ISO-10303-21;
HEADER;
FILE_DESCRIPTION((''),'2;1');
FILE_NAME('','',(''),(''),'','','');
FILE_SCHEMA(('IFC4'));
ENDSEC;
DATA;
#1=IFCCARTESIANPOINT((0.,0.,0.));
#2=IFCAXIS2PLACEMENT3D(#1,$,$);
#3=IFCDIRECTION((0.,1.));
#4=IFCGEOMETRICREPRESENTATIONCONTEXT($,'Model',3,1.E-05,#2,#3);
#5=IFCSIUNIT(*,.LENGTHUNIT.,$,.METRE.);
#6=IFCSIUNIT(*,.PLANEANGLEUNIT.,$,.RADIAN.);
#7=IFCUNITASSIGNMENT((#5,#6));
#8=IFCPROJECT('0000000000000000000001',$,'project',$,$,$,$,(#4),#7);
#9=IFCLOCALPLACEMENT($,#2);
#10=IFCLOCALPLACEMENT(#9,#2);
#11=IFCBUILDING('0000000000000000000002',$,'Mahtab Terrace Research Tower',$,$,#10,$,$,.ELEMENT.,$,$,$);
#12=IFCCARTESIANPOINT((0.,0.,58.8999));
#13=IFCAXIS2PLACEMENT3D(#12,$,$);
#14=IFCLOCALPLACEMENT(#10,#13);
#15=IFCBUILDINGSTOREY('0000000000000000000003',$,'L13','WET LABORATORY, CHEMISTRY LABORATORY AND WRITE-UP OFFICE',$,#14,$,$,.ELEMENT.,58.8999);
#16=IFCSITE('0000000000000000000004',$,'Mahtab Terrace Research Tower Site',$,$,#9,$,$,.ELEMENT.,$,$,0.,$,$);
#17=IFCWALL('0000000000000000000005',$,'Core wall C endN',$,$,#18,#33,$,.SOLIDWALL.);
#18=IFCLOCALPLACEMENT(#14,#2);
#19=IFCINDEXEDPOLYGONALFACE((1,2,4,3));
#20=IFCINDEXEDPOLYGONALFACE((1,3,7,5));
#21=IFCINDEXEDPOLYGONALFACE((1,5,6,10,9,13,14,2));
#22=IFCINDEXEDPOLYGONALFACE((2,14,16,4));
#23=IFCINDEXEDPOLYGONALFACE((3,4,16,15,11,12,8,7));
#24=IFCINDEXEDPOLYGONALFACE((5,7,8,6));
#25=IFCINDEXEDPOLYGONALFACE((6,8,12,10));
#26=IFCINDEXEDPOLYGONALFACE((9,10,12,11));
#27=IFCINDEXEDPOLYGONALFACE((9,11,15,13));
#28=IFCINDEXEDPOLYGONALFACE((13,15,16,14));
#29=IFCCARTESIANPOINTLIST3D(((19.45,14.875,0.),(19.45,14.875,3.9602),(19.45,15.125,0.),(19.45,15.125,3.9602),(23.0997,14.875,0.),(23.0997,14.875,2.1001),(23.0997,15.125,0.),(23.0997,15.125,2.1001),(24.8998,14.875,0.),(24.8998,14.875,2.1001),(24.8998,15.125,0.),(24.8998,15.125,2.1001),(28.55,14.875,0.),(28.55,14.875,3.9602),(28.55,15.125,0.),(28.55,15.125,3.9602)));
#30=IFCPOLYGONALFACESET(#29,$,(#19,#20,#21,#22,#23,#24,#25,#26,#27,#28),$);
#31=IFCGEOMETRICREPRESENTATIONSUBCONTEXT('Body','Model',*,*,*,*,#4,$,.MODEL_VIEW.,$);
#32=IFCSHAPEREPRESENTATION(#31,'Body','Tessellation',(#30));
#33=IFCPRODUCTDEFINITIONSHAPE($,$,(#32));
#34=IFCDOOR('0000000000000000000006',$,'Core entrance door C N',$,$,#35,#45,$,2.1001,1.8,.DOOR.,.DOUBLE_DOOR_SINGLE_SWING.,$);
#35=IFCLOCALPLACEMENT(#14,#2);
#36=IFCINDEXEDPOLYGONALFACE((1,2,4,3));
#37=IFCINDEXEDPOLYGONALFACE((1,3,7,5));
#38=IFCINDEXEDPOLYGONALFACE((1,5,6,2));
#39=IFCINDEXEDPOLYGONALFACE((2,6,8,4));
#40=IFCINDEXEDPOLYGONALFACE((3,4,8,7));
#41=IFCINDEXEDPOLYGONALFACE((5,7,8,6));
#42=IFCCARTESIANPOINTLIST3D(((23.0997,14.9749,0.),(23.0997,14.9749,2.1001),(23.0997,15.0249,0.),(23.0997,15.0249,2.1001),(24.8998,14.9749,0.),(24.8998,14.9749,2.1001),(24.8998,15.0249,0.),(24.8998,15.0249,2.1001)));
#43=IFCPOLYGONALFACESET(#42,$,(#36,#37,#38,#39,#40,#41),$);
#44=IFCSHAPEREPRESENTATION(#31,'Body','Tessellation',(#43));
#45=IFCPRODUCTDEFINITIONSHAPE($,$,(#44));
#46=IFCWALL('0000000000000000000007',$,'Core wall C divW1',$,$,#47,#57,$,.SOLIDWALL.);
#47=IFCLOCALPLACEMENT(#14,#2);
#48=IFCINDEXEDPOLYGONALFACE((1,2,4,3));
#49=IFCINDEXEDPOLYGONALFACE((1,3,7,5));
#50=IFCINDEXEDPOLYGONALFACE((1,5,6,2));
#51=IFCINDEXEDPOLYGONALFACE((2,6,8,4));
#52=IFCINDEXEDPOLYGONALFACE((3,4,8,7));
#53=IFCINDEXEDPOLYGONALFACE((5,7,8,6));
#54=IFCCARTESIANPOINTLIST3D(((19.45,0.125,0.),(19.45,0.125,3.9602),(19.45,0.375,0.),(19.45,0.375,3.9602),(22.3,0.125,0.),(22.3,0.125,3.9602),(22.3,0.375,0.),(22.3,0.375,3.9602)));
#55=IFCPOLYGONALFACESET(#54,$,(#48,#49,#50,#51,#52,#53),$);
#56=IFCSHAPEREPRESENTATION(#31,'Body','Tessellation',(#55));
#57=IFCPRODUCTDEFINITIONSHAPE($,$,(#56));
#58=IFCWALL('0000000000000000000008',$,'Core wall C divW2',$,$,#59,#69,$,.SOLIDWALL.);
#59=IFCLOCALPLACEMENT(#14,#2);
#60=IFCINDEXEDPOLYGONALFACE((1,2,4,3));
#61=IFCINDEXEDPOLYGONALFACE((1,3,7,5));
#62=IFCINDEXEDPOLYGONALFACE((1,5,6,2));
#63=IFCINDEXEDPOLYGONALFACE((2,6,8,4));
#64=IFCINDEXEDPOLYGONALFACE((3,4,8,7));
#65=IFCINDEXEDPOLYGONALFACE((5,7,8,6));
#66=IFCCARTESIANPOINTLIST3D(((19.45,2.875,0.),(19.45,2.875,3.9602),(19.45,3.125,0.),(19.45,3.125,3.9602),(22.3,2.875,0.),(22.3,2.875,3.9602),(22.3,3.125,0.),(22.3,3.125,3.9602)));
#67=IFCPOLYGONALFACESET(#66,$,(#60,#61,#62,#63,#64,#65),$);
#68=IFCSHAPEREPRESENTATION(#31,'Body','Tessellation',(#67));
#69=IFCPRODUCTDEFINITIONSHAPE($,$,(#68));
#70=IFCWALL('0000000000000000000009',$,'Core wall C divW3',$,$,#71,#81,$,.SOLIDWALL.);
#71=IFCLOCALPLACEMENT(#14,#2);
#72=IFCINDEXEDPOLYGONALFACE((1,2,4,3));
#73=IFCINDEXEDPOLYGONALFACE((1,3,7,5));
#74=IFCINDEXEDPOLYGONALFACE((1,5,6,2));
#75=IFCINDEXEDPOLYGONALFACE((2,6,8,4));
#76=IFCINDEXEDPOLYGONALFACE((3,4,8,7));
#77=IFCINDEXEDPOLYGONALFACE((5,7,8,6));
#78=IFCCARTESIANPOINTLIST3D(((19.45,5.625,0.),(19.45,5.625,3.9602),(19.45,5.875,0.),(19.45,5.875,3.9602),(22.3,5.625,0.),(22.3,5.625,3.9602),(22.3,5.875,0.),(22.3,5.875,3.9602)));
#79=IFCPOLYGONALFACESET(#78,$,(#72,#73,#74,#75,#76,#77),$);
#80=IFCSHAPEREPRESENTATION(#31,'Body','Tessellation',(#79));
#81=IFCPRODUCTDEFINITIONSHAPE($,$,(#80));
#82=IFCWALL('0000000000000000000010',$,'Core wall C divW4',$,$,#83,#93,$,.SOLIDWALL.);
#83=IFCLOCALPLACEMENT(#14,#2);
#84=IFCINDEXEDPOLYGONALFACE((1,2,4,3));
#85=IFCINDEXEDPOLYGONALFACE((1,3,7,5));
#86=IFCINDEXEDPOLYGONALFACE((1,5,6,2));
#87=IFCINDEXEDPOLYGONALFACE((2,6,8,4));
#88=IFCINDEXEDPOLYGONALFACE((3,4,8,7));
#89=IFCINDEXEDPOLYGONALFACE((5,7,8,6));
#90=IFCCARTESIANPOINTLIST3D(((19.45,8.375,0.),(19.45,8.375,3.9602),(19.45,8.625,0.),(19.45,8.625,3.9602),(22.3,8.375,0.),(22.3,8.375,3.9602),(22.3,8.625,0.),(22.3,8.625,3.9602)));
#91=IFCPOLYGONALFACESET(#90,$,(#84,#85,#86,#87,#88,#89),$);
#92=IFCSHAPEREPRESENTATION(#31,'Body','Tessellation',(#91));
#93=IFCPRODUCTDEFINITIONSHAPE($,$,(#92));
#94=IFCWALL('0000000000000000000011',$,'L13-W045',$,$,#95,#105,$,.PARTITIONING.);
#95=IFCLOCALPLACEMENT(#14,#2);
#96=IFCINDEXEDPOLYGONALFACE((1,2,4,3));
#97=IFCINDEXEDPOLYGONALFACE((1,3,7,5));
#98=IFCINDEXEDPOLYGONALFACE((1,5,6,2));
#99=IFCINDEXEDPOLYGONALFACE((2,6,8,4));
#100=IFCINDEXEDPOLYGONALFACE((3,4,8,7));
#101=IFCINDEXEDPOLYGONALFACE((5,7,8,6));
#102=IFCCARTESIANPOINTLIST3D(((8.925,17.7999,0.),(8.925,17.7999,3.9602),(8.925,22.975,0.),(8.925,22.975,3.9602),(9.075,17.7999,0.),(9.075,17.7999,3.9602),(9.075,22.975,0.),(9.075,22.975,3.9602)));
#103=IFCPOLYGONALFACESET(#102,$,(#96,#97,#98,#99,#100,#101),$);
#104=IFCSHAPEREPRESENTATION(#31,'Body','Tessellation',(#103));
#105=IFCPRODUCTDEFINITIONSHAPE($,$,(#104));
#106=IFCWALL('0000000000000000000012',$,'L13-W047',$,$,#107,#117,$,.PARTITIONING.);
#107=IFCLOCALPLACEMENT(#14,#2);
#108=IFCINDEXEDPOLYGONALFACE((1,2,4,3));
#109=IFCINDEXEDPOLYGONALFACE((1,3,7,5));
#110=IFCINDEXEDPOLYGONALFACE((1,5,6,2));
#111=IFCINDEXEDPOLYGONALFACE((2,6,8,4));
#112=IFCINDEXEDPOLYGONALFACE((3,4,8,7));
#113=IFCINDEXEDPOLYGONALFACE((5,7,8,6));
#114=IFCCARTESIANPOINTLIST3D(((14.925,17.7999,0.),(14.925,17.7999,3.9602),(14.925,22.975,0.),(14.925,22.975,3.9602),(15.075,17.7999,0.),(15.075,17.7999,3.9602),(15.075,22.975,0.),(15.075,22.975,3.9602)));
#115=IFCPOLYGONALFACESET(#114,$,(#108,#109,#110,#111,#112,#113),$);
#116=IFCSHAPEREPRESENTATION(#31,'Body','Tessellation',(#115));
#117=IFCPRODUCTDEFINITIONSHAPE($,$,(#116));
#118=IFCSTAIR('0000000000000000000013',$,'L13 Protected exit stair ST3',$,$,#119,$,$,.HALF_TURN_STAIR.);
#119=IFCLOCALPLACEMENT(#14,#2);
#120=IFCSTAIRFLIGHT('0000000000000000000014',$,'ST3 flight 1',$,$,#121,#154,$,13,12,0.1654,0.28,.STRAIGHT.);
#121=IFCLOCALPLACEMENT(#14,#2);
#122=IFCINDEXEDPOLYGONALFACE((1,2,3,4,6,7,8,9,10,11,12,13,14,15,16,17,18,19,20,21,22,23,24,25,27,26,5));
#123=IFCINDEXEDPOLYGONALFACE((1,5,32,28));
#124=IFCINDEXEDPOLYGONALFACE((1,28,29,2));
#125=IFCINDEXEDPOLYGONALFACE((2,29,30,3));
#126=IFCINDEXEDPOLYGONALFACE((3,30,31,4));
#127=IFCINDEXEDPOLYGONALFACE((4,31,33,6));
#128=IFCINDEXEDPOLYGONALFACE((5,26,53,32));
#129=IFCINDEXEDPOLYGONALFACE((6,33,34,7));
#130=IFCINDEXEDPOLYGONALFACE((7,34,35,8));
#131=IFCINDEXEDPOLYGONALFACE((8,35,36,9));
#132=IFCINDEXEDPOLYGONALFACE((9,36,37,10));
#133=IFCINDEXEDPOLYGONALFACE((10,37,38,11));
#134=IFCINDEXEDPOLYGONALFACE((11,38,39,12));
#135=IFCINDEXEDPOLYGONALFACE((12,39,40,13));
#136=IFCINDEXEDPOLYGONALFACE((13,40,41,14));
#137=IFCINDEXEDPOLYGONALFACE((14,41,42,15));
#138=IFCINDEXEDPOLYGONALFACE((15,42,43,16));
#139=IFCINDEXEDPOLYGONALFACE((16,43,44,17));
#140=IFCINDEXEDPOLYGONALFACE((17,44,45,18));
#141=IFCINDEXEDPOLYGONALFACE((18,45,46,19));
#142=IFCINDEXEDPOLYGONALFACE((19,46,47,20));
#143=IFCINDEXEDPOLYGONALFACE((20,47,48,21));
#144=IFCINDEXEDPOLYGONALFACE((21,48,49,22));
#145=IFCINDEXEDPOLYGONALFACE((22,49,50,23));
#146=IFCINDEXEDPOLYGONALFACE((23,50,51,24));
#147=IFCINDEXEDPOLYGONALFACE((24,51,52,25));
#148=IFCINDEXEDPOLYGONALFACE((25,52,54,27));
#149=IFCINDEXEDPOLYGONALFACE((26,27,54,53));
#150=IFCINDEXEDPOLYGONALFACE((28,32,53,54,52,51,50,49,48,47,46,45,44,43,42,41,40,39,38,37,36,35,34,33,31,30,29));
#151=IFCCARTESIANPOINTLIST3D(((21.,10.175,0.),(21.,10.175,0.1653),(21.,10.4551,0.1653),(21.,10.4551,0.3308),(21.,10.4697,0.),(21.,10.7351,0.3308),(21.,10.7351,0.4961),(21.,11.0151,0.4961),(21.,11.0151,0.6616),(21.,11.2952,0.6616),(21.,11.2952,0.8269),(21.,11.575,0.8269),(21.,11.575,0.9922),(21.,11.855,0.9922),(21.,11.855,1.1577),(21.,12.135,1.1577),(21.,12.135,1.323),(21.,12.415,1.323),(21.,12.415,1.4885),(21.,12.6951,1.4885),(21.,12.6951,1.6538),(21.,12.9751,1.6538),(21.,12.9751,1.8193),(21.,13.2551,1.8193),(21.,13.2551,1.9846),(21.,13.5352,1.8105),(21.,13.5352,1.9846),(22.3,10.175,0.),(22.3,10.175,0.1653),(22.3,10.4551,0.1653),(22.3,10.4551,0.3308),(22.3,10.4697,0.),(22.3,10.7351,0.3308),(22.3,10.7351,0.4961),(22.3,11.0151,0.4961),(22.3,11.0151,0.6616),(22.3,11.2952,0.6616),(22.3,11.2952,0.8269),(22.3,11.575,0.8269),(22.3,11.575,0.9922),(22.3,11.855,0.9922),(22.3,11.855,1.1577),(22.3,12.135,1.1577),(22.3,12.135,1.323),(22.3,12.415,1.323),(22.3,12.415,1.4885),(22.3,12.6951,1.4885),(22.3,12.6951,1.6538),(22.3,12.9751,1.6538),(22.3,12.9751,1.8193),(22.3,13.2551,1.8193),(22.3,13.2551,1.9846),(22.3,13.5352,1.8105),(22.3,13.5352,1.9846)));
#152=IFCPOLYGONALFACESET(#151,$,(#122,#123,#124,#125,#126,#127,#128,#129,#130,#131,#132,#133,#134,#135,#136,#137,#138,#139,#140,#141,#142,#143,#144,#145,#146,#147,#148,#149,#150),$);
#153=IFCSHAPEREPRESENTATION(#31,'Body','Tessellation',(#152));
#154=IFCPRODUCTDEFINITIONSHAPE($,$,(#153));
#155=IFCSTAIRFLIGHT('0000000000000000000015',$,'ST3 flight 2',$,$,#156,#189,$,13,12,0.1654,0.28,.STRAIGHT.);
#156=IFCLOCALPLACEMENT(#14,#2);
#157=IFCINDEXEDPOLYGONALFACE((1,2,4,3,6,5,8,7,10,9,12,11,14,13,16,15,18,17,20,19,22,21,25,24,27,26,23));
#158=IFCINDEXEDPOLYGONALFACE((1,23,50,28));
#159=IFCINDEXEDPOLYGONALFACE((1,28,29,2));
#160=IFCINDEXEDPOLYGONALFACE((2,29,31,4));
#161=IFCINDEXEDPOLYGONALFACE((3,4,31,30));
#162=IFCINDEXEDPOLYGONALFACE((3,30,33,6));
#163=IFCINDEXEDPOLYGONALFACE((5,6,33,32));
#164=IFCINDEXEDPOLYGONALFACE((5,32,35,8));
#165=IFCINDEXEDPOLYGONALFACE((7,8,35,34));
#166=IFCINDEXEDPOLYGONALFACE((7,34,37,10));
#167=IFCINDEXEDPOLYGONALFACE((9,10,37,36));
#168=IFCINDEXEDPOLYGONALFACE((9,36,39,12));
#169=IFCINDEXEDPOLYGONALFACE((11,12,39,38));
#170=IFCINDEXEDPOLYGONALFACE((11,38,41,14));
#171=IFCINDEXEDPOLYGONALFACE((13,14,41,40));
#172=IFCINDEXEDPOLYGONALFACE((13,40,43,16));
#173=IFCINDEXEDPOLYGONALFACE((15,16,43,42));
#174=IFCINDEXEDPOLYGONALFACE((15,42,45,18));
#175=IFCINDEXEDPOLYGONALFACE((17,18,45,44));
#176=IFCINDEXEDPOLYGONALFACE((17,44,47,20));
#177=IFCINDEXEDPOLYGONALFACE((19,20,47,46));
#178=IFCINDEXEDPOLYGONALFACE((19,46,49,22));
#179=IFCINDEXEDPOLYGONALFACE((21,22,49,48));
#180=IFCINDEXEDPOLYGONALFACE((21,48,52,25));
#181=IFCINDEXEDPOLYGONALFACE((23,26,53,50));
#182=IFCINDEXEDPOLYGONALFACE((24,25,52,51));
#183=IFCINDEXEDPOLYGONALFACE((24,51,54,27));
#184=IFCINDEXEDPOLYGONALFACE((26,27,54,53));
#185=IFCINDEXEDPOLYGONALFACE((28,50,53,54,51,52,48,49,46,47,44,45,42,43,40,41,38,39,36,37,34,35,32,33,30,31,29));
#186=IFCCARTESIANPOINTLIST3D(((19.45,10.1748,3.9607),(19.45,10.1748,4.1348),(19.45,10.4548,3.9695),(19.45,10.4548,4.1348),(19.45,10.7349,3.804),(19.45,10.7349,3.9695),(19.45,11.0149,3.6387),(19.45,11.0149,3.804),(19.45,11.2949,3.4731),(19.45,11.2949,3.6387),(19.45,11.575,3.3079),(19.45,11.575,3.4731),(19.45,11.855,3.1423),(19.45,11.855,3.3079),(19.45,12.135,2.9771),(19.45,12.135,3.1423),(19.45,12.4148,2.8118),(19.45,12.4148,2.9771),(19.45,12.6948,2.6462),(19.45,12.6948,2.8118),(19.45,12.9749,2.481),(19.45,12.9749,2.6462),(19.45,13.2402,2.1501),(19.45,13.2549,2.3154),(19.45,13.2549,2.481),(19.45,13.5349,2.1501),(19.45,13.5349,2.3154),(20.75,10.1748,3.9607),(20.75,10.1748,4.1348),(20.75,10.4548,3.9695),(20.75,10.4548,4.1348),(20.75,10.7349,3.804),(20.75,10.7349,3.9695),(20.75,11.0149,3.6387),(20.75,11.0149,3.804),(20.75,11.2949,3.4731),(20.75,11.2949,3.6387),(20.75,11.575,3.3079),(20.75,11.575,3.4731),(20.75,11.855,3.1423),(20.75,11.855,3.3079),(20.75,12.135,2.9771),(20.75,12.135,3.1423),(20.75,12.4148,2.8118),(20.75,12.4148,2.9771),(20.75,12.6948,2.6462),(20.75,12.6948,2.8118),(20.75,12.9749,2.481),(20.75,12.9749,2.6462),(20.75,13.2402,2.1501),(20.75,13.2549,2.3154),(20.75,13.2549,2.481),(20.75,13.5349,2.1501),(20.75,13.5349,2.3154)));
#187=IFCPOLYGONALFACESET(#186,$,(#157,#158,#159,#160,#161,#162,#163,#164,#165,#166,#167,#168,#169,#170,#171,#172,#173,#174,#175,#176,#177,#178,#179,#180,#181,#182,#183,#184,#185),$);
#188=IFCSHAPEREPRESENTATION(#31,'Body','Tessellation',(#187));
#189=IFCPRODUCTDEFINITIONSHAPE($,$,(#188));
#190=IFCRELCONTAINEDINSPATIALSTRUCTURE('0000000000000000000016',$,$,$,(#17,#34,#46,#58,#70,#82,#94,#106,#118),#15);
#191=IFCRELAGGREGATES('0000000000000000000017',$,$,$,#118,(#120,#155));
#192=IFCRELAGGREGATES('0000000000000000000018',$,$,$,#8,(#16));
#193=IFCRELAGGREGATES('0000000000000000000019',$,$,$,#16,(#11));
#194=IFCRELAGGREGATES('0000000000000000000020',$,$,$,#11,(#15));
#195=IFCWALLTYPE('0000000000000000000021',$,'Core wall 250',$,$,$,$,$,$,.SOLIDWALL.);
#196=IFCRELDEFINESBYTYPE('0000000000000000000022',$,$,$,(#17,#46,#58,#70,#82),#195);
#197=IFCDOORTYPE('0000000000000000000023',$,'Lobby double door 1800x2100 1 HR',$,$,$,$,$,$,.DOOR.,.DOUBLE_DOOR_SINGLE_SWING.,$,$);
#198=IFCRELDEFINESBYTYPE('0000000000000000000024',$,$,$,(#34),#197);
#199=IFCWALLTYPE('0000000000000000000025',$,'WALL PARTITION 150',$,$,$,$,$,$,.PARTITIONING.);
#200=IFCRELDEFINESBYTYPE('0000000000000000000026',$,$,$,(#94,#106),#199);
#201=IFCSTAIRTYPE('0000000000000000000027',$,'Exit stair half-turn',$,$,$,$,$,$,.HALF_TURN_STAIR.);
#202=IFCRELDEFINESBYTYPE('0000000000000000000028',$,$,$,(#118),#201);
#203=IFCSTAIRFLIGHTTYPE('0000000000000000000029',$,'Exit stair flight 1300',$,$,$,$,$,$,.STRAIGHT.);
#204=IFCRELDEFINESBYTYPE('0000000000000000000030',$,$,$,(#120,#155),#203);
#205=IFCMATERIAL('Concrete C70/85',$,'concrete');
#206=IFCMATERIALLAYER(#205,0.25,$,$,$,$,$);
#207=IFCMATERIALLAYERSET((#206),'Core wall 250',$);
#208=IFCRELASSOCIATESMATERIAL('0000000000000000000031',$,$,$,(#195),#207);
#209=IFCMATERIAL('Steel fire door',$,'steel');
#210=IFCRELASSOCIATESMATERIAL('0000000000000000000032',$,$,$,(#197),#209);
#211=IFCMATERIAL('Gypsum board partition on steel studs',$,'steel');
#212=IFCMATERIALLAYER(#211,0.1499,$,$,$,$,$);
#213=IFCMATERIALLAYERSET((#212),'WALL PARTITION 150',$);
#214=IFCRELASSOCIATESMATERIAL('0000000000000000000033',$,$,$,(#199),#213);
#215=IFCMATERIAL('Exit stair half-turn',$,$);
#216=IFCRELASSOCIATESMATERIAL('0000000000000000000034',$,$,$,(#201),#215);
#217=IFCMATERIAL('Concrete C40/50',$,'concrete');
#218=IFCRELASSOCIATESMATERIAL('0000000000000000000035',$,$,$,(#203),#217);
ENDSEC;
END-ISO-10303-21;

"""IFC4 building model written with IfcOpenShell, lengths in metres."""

from ifc_helpers import new_model, si_unit, direction, frame, frame_2d, origin, place, context, subcontext, project, spatial, polyline, rectangle, outline, extrude, material, layer, layer_set, type_object, element, fill, aggregate, save


model = new_model("IFC4")

# Units and contexts
model_context = context("Model", 3, precision=1e-05, world=origin(), true_north=direction((0.0, 1.0)))
body_context = subcontext(model_context, "Body", "Model", "MODEL_VIEW")
ifc_project = project(units=[si_unit("LENGTHUNIT", "METRE"), si_unit("PLANEANGLEUNIT", "RADIAN")], contexts=[model_context])

# Site, building, storey
site_placement = place(None, origin())
site = spatial("IfcSite", under=ifc_project, at=site_placement, Name="Mahtab Terrace Research Tower Site", CompositionType="ELEMENT", RefElevation=0.0)
building_placement = place(site_placement, origin())
building = spatial("IfcBuilding", under=site, at=building_placement, Name="Mahtab Terrace Research Tower", CompositionType="ELEMENT")
storey_placement = place(building_placement, frame((0.0, 0.0, 58.8999)))
storey = spatial("IfcBuildingStorey", under=building, at=storey_placement, Name="L13", Description="WET LABORATORY, CHEMISTRY LABORATORY AND WRITE-UP OFFICE", CompositionType="ELEMENT", Elevation=58.8999)

# Shared definitions
ifc_material_1 = material(Name="Concrete C70/85", Category="concrete")

# Shared definitions
ifc_layer_1 = layer(ifc_material_1, 0.25)
ifc_layer_set_1 = layer_set([ifc_layer_1], Name="Core wall 250")
wall_type_1 = type_object("IfcWallType", Name="Core wall 250", PredefinedType="SOLIDWALL", material=ifc_layer_set_1)

# Wall, opening, door
wall_1_placement = place(storey_placement, frame((19.45, 15.0, 0.0), z_axis=(0.0, 0.0, 1.0), x_axis=(1.0, 0.0, 0.0)))
wall_1 = element("IfcWall", 1, at=wall_1_placement, inside=storey, type_object=wall_type_1, Name="Core wall C endN", PredefinedType="SOLIDWALL", context=body_context, shape_type="SweptSolid", body=[
    extrude(rectangle(XDim=9.1001, YDim=0.25, at=frame_2d((4.55, 0.0))), origin(), (0.0, 0.0, 1.0), 3.9602),
])
opening_placement = place(wall_1_placement, frame((3.6499, 0.0, 0.0)))
opening = element("IfcOpeningElement", 2, at=opening_placement, cuts=wall_1, PredefinedType="OPENING", context=body_context, shape_type="SweptSolid", body=[
    extrude(rectangle(XDim=1.8, YDim=2.1001, at=frame_2d((0.8999, 1.05))), frame((0.0, 0.135, 0.0), z_axis=(0.0, -1.0, 0.0), x_axis=(1.0, 0.0, 0.0)), (0.0, 0.0, 1.0), 0.27),
])
ifc_material_2 = material(Name="Steel fire door", Category="steel")
door_type = type_object("IfcDoorType", Name="Lobby double door 1800x2100 1 HR", OperationType="DOUBLE_DOOR_SINGLE_SWING", PredefinedType="DOOR", material=ifc_material_2)
door_placement = place(opening_placement, origin())
door = element("IfcDoor", 3, at=door_placement, inside=storey, type_object=door_type, Name="Core entrance door C N", OperationType="DOUBLE_DOOR_SINGLE_SWING", OverallHeight=2.1001, OverallWidth=1.8, PredefinedType="DOOR", context=body_context, shape_type="SweptSolid", body=[
    extrude(rectangle(XDim=1.8, YDim=2.1001, at=frame_2d((0.8999, 1.05))), frame((0.0, 0.0249, 0.0), z_axis=(0.0, -1.0, 0.0), x_axis=(1.0, 0.0, 0.0)), (0.0, 0.0, 1.0), 0.05),
])
fill(opening, door)

# Walls
for number, where, z_axis, x_axis, name in (
    (4, (19.45, 0.25, 0.0), (0.0, 0.0, 1.0), (1.0, 0.0, 0.0), "Core wall C divW1"),
    (5, (19.45, 3.0, 0.0), (0.0, 0.0, 1.0), (1.0, 0.0, 0.0), "Core wall C divW2"),
    (6, (19.45, 5.75, 0.0), (0.0, 0.0, 1.0), (1.0, 0.0, 0.0), "Core wall C divW3"),
    (7, (19.45, 8.5, 0.0), (0.0, 0.0, 1.0), (1.0, 0.0, 0.0), "Core wall C divW4"),
):
    element("IfcWall", number, at=place(storey_placement, frame(where, z_axis=z_axis, x_axis=x_axis)), inside=storey, type_object=wall_type_1, Name=name, PredefinedType="SOLIDWALL", context=body_context, shape_type="SweptSolid", body=[
        extrude(rectangle(XDim=2.8501, YDim=0.25, at=frame_2d((1.425, 0.0))), origin(), (0.0, 0.0, 1.0), 3.9602),
    ])
ifc_material_3 = material(Name="Gypsum board partition on steel studs", Category="steel")
ifc_layer_2 = layer(ifc_material_3, 0.1499)
ifc_layer_set_2 = layer_set([ifc_layer_2], Name="WALL PARTITION 150")
wall_type_2 = type_object("IfcWallType", Name="WALL PARTITION 150", PredefinedType="PARTITIONING", material=ifc_layer_set_2)
for number, where, z_axis, x_axis, name in (
    (8, (9.0, 17.8, 0.0), (0.0, 0.0, 1.0), (0.0, 1.0, 0.0), "L13-W045"),
    (9, (15.0, 17.8, 0.0), (0.0, 0.0, 1.0), (0.0, 1.0, 0.0), "L13-W047"),
):
    element("IfcWall", number, at=place(storey_placement, frame(where, z_axis=z_axis, x_axis=x_axis)), inside=storey, type_object=wall_type_2, Name=name, PredefinedType="PARTITIONING", context=body_context, shape_type="SweptSolid", body=[
        extrude(rectangle(XDim=5.175, YDim=0.1499, at=frame_2d((2.5874, 0.0))), origin(), (0.0, 0.0, 1.0), 3.9602),
    ])

# Stair, stair flights
ifc_material_4 = material(Name="Exit stair half-turn")
stair_type = type_object("IfcStairType", Name="Exit stair half-turn", PredefinedType="HALF_TURN_STAIR", material=ifc_material_4)
stair_placement = place(storey_placement, origin())
stair = element("IfcStair", 10, at=stair_placement, inside=storey, type_object=stair_type, Name="L13 Protected exit stair ST3", PredefinedType="HALF_TURN_STAIR")
ifc_material_5 = material(Name="Concrete C40/50", Category="concrete")
stair_flight_type = type_object("IfcStairFlightType", Name="Exit stair flight 1300", PredefinedType="STRAIGHT", material=ifc_material_5)
stair_flight_1_placement = place(storey_placement, frame((21.6499, 10.175, 0.0), z_axis=(0.0, 0.0, 1.0), x_axis=(0.0, 1.0, 0.0)))
stair_flight_1 = element("IfcStairFlight", 11, at=stair_flight_1_placement, type_object=stair_flight_type, Name="ST3 flight 1", NumberOfRisers=13, NumberOfTreads=12, PredefinedType="STRAIGHT", RiserHeight=0.1654, TreadLength=0.28, context=body_context, shape_type="SweptSolid", body=[
    extrude(outline(polyline([(0.0, 0.0), (0.0, 0.1653), (0.28, 0.1653), (0.28, 0.3308), (0.5601, 0.3308), (0.5601, 0.4961), (0.8401, 0.4961), (0.8401, 0.6616), (1.1201, 0.6616), (1.1201, 0.8269), (1.3999, 0.8269), (1.3999, 0.9922), (1.6799, 0.9922), (1.6799, 1.1577), (1.96, 1.1577), (1.96, 1.323), (2.24, 1.323), (2.24, 1.4885), (2.52, 1.4885), (2.52, 1.6538), (2.8, 1.6538), (2.8, 1.8193), (3.0801, 1.8193), (3.0801, 1.9846), (3.3601, 1.9846), (3.3601, 2.1499), (3.3601, 1.8105), (0.2947, 0.0), (0.0, 0.0)])), frame((0.0, 0.6499, 0.0), z_axis=(0.0, -1.0, 0.0), x_axis=(1.0, 0.0, 0.0)), (0.0, 0.0, 1.0), 1.3),
])
stair_flight_2_placement = place(storey_placement, frame((20.1001, 13.5349, 2.1501), z_axis=(0.0, 0.0, 1.0), x_axis=(0.0, -1.0, 0.0)))
stair_flight_2 = element("IfcStairFlight", 12, at=stair_flight_2_placement, type_object=stair_flight_type, Name="ST3 flight 2", NumberOfRisers=13, NumberOfTreads=12, PredefinedType="STRAIGHT", RiserHeight=0.1654, TreadLength=0.28, context=body_context, shape_type="SweptSolid", body=[
    extrude(outline(polyline([(0.0, 0.0), (0.0, 0.1653), (0.28, 0.1653), (0.28, 0.3308), (0.5601, 0.3308), (0.5601, 0.4961), (0.8401, 0.4961), (0.8401, 0.6616), (1.1201, 0.6616), (1.1201, 0.8269), (1.3999, 0.8269), (1.3999, 0.9922), (1.6799, 0.9922), (1.6799, 1.1577), (1.96, 1.1577), (1.96, 1.323), (2.24, 1.323), (2.24, 1.4885), (2.52, 1.4885), (2.52, 1.6538), (2.8, 1.6538), (2.8, 1.8193), (3.0801, 1.8193), (3.0801, 1.9846), (3.3601, 1.9846), (3.3601, 2.1499), (3.3601, 1.8105), (0.2947, 0.0), (0.0, 0.0)])), frame((0.0, 0.6499, 0.0), z_axis=(0.0, -1.0, 0.0), x_axis=(1.0, 0.0, 0.0)), (0.0, 0.0, 1.0), 1.3),
])
aggregate(stair, [stair_flight_1, stair_flight_2])

save(model, "model.ifc")
